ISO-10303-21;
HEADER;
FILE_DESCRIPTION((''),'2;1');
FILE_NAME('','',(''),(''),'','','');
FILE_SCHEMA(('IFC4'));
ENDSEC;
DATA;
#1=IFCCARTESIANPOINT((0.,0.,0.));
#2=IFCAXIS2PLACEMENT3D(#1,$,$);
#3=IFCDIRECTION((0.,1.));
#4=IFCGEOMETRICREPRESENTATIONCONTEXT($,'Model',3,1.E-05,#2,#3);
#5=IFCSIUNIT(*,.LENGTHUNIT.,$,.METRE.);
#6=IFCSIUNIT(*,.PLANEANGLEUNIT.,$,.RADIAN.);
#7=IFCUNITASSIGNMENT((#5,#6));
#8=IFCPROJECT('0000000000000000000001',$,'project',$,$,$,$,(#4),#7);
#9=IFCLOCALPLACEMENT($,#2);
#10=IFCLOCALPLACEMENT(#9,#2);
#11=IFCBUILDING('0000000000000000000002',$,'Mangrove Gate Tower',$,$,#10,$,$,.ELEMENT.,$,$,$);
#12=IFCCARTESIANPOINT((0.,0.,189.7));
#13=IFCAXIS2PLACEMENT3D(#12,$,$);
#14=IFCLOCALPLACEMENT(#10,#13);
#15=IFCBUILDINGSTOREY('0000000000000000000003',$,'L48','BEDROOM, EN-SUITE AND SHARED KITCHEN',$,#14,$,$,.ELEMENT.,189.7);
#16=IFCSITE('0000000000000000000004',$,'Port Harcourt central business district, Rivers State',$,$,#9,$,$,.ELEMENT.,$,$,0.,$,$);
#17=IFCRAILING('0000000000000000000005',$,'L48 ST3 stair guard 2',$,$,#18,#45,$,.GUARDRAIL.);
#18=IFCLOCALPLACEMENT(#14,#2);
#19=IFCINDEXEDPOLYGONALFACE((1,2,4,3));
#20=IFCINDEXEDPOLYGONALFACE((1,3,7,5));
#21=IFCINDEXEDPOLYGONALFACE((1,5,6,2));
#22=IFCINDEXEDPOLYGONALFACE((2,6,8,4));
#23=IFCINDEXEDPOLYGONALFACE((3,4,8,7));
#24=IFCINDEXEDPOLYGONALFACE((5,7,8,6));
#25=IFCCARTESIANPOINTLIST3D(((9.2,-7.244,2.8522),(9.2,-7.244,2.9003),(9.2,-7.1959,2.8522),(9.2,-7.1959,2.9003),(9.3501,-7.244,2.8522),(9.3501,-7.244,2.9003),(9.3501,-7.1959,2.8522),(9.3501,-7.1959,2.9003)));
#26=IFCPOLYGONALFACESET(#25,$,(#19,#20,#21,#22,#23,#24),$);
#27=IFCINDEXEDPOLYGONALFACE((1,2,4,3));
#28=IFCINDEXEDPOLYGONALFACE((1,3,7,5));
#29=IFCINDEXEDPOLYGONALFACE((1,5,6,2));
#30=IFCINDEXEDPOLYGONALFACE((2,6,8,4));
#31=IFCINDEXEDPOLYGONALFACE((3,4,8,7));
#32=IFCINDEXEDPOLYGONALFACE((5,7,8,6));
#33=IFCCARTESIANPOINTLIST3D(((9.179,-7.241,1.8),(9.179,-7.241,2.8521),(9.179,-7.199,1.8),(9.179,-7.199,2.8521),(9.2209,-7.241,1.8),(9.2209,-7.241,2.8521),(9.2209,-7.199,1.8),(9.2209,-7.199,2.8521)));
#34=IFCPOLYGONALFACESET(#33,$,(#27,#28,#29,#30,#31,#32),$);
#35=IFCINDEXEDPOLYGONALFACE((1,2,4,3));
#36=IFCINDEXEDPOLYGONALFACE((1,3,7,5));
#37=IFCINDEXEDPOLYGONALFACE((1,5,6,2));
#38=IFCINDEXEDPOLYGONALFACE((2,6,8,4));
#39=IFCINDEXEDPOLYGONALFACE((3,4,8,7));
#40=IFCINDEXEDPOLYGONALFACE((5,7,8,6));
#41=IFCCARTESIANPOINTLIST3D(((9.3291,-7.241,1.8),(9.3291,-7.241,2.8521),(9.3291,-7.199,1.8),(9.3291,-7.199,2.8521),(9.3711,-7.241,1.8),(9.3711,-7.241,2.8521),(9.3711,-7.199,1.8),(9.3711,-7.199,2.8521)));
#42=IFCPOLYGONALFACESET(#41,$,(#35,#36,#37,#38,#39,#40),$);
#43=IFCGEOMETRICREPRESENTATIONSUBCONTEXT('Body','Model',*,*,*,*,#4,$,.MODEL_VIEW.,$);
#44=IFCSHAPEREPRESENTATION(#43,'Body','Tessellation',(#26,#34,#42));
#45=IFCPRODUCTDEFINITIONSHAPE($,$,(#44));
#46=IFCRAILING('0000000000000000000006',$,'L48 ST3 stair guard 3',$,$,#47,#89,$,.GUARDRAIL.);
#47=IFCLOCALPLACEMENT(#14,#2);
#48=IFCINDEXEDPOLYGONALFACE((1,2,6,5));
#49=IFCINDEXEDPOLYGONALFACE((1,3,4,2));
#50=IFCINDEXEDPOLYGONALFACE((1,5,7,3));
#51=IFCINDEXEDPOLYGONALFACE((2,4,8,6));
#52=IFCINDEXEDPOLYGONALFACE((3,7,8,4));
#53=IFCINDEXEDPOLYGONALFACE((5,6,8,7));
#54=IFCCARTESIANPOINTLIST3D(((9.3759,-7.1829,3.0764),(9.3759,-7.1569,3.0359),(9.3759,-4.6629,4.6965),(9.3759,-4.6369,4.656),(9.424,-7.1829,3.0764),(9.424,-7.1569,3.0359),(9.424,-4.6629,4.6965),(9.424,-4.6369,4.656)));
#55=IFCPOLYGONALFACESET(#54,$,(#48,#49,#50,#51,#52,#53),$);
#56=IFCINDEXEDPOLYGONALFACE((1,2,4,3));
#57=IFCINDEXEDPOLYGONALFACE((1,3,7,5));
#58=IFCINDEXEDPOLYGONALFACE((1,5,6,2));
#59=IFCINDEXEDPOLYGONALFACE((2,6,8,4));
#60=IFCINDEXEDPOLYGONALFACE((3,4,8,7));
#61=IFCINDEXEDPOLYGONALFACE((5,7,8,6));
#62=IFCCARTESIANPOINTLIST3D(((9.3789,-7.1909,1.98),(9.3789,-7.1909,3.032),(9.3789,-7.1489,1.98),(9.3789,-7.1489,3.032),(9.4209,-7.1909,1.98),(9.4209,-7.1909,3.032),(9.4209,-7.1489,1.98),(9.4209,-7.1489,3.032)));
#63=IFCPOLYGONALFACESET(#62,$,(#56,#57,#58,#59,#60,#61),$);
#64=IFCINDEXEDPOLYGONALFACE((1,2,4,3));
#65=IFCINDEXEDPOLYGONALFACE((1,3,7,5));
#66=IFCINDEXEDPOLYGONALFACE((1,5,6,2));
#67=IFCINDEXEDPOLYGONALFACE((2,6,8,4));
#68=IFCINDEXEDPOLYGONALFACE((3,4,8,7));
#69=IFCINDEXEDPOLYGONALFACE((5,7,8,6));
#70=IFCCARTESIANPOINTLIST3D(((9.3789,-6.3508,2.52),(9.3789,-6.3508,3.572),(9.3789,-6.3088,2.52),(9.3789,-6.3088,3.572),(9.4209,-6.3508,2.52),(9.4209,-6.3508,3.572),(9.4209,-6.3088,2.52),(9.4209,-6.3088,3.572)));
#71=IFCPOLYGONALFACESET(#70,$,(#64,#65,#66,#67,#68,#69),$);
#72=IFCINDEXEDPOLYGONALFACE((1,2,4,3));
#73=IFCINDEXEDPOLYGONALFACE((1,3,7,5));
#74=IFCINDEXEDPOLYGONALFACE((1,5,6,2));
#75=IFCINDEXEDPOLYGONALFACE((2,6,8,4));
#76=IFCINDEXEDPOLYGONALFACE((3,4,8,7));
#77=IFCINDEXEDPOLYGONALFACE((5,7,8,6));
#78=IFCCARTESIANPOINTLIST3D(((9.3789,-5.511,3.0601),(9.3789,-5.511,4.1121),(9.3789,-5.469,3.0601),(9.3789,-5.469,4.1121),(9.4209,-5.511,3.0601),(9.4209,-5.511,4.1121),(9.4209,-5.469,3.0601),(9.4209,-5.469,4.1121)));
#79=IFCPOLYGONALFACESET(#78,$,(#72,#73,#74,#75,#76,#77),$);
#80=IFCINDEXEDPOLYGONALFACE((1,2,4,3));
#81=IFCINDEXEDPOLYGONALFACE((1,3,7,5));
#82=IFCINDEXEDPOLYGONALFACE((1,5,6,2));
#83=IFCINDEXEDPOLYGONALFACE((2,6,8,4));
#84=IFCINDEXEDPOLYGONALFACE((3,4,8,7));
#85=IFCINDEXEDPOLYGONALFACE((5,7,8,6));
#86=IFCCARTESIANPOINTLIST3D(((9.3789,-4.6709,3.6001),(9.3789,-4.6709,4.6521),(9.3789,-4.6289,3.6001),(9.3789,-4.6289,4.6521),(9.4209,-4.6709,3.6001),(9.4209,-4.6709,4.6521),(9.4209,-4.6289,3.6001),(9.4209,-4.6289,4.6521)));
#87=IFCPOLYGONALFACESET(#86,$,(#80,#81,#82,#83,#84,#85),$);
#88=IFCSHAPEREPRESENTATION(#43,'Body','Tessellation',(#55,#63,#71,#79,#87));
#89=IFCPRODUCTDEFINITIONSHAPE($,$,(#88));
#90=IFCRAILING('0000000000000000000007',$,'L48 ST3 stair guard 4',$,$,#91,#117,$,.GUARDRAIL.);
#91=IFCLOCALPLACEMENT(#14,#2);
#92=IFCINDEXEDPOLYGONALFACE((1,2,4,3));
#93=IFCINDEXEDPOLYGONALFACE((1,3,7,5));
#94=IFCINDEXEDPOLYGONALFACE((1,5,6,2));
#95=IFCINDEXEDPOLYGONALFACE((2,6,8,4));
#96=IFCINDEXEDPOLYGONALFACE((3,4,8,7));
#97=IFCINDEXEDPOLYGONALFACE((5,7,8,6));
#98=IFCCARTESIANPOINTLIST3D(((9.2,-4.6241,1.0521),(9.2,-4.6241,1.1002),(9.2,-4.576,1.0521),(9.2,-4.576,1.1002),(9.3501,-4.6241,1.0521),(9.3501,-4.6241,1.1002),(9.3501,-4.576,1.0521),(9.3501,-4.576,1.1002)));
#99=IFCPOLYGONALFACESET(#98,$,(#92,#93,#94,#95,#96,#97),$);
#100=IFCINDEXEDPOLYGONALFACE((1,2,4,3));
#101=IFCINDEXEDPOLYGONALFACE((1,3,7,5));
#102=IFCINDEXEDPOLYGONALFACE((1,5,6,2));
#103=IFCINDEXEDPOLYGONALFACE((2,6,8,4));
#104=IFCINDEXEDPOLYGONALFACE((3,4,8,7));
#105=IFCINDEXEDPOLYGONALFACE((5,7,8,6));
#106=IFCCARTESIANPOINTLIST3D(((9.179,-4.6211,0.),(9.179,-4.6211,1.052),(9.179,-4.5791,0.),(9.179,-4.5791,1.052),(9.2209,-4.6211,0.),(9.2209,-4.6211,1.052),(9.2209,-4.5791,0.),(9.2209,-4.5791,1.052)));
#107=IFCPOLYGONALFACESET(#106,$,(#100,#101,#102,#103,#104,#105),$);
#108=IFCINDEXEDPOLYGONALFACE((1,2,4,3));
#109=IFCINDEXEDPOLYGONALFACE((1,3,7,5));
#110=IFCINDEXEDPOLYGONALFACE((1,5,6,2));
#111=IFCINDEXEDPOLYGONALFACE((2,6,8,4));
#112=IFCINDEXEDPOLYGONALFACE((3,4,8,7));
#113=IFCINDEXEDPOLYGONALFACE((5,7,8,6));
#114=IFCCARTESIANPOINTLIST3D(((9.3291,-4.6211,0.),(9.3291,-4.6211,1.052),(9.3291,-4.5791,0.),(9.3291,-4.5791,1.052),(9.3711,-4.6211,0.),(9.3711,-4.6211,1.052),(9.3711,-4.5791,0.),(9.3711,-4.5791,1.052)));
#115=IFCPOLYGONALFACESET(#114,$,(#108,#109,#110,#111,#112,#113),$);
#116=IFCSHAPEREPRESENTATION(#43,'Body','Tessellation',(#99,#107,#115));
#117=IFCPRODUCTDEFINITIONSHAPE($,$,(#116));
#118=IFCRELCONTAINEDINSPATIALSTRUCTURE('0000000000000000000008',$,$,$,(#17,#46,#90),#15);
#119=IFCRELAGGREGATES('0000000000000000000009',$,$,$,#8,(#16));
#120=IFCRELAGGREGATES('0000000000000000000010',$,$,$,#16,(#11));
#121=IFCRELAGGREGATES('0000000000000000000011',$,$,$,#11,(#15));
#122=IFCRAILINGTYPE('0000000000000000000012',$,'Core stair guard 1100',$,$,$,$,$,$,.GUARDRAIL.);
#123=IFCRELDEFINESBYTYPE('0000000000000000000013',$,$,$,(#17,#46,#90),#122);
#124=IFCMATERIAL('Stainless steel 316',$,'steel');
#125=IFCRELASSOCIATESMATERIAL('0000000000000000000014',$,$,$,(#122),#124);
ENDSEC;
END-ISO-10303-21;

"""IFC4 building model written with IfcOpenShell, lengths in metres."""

from ifc_helpers import new_model, si_unit, direction, frame, origin, origin_2d, place, context, subcontext, project, spatial, rectangle, extrude, material, type_object, element, save


model = new_model("IFC4")

# Units and contexts
model_context = context("Model", 3, precision=1e-05, world=origin(), true_north=direction((0.0, 1.0)))
body_context = subcontext(model_context, "Body", "Model", "MODEL_VIEW")
ifc_project = project(units=[si_unit("LENGTHUNIT", "METRE"), si_unit("PLANEANGLEUNIT", "RADIAN")], contexts=[model_context])

# Site, building, storey
site_placement = place(None, origin())
site = spatial("IfcSite", under=ifc_project, at=site_placement, Name="Port Harcourt central business district, Rivers State", CompositionType="ELEMENT", RefElevation=0.0)
building_placement = place(site_placement, origin())
building = spatial("IfcBuilding", under=site, at=building_placement, Name="Mangrove Gate Tower", CompositionType="ELEMENT")
storey_placement = place(building_placement, frame((0.0, 0.0, 189.7)))
storey = spatial("IfcBuildingStorey", under=building, at=storey_placement, Name="L48", Description="BEDROOM, EN-SUITE AND SHARED KITCHEN", CompositionType="ELEMENT", Elevation=189.7)

# Railings
ifc_material_1 = material(Name="Stainless steel 316", Category="steel")
railing_type_1 = type_object("IfcRailingType", Name="Core stair guard 1100", PredefinedType="GUARDRAIL", material=ifc_material_1)
railing_1_placement = place(storey_placement, frame((9.2, -7.22, 1.8)))
element("IfcRailing", 1, at=railing_1_placement, inside=storey, type_object=railing_type_1, Name="L48 ST3 stair guard 2", PredefinedType="GUARDRAIL", context=body_context, shape_type="SweptSolid", body=[
    extrude(rectangle(XDim=0.0481, YDim=0.0481, at=origin_2d()), frame((0.0, 0.0, 1.0762), z_axis=(1.0, 0.0, 0.0), x_axis=(0.0, 1.0, 0.0)), (0.0, 0.0, 1.0), 0.1501),
    extrude(rectangle(XDim=0.042, YDim=0.042, at=origin_2d()), origin(), (0.0, 0.0, 1.0), 1.052),
    extrude(rectangle(XDim=0.042, YDim=0.042, at=origin_2d()), frame((0.1501, 0.0, 0.0)), (0.0, 0.0, 1.0), 1.052),
])
railing_2_placement = place(storey_placement, frame((9.3999, -7.1699, 1.98)))
element("IfcRailing", 2, at=railing_2_placement, inside=storey, type_object=railing_type_1, Name="L48 ST3 stair guard 3", PredefinedType="GUARDRAIL", context=body_context, shape_type="SweptSolid", body=[
    extrude(rectangle(XDim=0.0481, YDim=0.0481, at=origin_2d()), frame((0.0, 0.0, 1.0762), z_axis=(0.0, 0.841163, 0.540782), x_axis=(-1.0, 0.0, 0.0)), (0.0, 0.0, 1.0), 2.9958),
    extrude(rectangle(XDim=0.042, YDim=0.042, at=origin_2d()), origin(), (0.0, 0.0, 1.0), 1.052),
    extrude(rectangle(XDim=0.042, YDim=0.042, at=origin_2d()), frame((0.0, 0.8401, 0.54)), (0.0, 0.0, 1.0), 1.052),
    extrude(rectangle(XDim=0.042, YDim=0.042, at=origin_2d()), frame((0.0, 1.6799, 1.0801)), (0.0, 0.0, 1.0), 1.052),
    extrude(rectangle(XDim=0.042, YDim=0.042, at=origin_2d()), frame((0.0, 2.52, 1.6201)), (0.0, 0.0, 1.0), 1.052),
])
railing_3_placement = place(storey_placement, frame((9.2, -4.6001, 0.0)))
element("IfcRailing", 3, at=railing_3_placement, inside=storey, type_object=railing_type_1, Name="L48 ST3 stair guard 4", PredefinedType="GUARDRAIL", context=body_context, shape_type="SweptSolid", body=[
    extrude(rectangle(XDim=0.0481, YDim=0.0481, at=origin_2d()), frame((0.0, 0.0, 1.0762), z_axis=(1.0, 0.0, 0.0), x_axis=(0.0, 1.0, 0.0)), (0.0, 0.0, 1.0), 0.1501),
    extrude(rectangle(XDim=0.042, YDim=0.042, at=origin_2d()), origin(), (0.0, 0.0, 1.0), 1.052),
    extrude(rectangle(XDim=0.042, YDim=0.042, at=origin_2d()), frame((0.1501, 0.0, 0.0)), (0.0, 0.0, 1.0), 1.052),
])

save(model, "model.ifc")
